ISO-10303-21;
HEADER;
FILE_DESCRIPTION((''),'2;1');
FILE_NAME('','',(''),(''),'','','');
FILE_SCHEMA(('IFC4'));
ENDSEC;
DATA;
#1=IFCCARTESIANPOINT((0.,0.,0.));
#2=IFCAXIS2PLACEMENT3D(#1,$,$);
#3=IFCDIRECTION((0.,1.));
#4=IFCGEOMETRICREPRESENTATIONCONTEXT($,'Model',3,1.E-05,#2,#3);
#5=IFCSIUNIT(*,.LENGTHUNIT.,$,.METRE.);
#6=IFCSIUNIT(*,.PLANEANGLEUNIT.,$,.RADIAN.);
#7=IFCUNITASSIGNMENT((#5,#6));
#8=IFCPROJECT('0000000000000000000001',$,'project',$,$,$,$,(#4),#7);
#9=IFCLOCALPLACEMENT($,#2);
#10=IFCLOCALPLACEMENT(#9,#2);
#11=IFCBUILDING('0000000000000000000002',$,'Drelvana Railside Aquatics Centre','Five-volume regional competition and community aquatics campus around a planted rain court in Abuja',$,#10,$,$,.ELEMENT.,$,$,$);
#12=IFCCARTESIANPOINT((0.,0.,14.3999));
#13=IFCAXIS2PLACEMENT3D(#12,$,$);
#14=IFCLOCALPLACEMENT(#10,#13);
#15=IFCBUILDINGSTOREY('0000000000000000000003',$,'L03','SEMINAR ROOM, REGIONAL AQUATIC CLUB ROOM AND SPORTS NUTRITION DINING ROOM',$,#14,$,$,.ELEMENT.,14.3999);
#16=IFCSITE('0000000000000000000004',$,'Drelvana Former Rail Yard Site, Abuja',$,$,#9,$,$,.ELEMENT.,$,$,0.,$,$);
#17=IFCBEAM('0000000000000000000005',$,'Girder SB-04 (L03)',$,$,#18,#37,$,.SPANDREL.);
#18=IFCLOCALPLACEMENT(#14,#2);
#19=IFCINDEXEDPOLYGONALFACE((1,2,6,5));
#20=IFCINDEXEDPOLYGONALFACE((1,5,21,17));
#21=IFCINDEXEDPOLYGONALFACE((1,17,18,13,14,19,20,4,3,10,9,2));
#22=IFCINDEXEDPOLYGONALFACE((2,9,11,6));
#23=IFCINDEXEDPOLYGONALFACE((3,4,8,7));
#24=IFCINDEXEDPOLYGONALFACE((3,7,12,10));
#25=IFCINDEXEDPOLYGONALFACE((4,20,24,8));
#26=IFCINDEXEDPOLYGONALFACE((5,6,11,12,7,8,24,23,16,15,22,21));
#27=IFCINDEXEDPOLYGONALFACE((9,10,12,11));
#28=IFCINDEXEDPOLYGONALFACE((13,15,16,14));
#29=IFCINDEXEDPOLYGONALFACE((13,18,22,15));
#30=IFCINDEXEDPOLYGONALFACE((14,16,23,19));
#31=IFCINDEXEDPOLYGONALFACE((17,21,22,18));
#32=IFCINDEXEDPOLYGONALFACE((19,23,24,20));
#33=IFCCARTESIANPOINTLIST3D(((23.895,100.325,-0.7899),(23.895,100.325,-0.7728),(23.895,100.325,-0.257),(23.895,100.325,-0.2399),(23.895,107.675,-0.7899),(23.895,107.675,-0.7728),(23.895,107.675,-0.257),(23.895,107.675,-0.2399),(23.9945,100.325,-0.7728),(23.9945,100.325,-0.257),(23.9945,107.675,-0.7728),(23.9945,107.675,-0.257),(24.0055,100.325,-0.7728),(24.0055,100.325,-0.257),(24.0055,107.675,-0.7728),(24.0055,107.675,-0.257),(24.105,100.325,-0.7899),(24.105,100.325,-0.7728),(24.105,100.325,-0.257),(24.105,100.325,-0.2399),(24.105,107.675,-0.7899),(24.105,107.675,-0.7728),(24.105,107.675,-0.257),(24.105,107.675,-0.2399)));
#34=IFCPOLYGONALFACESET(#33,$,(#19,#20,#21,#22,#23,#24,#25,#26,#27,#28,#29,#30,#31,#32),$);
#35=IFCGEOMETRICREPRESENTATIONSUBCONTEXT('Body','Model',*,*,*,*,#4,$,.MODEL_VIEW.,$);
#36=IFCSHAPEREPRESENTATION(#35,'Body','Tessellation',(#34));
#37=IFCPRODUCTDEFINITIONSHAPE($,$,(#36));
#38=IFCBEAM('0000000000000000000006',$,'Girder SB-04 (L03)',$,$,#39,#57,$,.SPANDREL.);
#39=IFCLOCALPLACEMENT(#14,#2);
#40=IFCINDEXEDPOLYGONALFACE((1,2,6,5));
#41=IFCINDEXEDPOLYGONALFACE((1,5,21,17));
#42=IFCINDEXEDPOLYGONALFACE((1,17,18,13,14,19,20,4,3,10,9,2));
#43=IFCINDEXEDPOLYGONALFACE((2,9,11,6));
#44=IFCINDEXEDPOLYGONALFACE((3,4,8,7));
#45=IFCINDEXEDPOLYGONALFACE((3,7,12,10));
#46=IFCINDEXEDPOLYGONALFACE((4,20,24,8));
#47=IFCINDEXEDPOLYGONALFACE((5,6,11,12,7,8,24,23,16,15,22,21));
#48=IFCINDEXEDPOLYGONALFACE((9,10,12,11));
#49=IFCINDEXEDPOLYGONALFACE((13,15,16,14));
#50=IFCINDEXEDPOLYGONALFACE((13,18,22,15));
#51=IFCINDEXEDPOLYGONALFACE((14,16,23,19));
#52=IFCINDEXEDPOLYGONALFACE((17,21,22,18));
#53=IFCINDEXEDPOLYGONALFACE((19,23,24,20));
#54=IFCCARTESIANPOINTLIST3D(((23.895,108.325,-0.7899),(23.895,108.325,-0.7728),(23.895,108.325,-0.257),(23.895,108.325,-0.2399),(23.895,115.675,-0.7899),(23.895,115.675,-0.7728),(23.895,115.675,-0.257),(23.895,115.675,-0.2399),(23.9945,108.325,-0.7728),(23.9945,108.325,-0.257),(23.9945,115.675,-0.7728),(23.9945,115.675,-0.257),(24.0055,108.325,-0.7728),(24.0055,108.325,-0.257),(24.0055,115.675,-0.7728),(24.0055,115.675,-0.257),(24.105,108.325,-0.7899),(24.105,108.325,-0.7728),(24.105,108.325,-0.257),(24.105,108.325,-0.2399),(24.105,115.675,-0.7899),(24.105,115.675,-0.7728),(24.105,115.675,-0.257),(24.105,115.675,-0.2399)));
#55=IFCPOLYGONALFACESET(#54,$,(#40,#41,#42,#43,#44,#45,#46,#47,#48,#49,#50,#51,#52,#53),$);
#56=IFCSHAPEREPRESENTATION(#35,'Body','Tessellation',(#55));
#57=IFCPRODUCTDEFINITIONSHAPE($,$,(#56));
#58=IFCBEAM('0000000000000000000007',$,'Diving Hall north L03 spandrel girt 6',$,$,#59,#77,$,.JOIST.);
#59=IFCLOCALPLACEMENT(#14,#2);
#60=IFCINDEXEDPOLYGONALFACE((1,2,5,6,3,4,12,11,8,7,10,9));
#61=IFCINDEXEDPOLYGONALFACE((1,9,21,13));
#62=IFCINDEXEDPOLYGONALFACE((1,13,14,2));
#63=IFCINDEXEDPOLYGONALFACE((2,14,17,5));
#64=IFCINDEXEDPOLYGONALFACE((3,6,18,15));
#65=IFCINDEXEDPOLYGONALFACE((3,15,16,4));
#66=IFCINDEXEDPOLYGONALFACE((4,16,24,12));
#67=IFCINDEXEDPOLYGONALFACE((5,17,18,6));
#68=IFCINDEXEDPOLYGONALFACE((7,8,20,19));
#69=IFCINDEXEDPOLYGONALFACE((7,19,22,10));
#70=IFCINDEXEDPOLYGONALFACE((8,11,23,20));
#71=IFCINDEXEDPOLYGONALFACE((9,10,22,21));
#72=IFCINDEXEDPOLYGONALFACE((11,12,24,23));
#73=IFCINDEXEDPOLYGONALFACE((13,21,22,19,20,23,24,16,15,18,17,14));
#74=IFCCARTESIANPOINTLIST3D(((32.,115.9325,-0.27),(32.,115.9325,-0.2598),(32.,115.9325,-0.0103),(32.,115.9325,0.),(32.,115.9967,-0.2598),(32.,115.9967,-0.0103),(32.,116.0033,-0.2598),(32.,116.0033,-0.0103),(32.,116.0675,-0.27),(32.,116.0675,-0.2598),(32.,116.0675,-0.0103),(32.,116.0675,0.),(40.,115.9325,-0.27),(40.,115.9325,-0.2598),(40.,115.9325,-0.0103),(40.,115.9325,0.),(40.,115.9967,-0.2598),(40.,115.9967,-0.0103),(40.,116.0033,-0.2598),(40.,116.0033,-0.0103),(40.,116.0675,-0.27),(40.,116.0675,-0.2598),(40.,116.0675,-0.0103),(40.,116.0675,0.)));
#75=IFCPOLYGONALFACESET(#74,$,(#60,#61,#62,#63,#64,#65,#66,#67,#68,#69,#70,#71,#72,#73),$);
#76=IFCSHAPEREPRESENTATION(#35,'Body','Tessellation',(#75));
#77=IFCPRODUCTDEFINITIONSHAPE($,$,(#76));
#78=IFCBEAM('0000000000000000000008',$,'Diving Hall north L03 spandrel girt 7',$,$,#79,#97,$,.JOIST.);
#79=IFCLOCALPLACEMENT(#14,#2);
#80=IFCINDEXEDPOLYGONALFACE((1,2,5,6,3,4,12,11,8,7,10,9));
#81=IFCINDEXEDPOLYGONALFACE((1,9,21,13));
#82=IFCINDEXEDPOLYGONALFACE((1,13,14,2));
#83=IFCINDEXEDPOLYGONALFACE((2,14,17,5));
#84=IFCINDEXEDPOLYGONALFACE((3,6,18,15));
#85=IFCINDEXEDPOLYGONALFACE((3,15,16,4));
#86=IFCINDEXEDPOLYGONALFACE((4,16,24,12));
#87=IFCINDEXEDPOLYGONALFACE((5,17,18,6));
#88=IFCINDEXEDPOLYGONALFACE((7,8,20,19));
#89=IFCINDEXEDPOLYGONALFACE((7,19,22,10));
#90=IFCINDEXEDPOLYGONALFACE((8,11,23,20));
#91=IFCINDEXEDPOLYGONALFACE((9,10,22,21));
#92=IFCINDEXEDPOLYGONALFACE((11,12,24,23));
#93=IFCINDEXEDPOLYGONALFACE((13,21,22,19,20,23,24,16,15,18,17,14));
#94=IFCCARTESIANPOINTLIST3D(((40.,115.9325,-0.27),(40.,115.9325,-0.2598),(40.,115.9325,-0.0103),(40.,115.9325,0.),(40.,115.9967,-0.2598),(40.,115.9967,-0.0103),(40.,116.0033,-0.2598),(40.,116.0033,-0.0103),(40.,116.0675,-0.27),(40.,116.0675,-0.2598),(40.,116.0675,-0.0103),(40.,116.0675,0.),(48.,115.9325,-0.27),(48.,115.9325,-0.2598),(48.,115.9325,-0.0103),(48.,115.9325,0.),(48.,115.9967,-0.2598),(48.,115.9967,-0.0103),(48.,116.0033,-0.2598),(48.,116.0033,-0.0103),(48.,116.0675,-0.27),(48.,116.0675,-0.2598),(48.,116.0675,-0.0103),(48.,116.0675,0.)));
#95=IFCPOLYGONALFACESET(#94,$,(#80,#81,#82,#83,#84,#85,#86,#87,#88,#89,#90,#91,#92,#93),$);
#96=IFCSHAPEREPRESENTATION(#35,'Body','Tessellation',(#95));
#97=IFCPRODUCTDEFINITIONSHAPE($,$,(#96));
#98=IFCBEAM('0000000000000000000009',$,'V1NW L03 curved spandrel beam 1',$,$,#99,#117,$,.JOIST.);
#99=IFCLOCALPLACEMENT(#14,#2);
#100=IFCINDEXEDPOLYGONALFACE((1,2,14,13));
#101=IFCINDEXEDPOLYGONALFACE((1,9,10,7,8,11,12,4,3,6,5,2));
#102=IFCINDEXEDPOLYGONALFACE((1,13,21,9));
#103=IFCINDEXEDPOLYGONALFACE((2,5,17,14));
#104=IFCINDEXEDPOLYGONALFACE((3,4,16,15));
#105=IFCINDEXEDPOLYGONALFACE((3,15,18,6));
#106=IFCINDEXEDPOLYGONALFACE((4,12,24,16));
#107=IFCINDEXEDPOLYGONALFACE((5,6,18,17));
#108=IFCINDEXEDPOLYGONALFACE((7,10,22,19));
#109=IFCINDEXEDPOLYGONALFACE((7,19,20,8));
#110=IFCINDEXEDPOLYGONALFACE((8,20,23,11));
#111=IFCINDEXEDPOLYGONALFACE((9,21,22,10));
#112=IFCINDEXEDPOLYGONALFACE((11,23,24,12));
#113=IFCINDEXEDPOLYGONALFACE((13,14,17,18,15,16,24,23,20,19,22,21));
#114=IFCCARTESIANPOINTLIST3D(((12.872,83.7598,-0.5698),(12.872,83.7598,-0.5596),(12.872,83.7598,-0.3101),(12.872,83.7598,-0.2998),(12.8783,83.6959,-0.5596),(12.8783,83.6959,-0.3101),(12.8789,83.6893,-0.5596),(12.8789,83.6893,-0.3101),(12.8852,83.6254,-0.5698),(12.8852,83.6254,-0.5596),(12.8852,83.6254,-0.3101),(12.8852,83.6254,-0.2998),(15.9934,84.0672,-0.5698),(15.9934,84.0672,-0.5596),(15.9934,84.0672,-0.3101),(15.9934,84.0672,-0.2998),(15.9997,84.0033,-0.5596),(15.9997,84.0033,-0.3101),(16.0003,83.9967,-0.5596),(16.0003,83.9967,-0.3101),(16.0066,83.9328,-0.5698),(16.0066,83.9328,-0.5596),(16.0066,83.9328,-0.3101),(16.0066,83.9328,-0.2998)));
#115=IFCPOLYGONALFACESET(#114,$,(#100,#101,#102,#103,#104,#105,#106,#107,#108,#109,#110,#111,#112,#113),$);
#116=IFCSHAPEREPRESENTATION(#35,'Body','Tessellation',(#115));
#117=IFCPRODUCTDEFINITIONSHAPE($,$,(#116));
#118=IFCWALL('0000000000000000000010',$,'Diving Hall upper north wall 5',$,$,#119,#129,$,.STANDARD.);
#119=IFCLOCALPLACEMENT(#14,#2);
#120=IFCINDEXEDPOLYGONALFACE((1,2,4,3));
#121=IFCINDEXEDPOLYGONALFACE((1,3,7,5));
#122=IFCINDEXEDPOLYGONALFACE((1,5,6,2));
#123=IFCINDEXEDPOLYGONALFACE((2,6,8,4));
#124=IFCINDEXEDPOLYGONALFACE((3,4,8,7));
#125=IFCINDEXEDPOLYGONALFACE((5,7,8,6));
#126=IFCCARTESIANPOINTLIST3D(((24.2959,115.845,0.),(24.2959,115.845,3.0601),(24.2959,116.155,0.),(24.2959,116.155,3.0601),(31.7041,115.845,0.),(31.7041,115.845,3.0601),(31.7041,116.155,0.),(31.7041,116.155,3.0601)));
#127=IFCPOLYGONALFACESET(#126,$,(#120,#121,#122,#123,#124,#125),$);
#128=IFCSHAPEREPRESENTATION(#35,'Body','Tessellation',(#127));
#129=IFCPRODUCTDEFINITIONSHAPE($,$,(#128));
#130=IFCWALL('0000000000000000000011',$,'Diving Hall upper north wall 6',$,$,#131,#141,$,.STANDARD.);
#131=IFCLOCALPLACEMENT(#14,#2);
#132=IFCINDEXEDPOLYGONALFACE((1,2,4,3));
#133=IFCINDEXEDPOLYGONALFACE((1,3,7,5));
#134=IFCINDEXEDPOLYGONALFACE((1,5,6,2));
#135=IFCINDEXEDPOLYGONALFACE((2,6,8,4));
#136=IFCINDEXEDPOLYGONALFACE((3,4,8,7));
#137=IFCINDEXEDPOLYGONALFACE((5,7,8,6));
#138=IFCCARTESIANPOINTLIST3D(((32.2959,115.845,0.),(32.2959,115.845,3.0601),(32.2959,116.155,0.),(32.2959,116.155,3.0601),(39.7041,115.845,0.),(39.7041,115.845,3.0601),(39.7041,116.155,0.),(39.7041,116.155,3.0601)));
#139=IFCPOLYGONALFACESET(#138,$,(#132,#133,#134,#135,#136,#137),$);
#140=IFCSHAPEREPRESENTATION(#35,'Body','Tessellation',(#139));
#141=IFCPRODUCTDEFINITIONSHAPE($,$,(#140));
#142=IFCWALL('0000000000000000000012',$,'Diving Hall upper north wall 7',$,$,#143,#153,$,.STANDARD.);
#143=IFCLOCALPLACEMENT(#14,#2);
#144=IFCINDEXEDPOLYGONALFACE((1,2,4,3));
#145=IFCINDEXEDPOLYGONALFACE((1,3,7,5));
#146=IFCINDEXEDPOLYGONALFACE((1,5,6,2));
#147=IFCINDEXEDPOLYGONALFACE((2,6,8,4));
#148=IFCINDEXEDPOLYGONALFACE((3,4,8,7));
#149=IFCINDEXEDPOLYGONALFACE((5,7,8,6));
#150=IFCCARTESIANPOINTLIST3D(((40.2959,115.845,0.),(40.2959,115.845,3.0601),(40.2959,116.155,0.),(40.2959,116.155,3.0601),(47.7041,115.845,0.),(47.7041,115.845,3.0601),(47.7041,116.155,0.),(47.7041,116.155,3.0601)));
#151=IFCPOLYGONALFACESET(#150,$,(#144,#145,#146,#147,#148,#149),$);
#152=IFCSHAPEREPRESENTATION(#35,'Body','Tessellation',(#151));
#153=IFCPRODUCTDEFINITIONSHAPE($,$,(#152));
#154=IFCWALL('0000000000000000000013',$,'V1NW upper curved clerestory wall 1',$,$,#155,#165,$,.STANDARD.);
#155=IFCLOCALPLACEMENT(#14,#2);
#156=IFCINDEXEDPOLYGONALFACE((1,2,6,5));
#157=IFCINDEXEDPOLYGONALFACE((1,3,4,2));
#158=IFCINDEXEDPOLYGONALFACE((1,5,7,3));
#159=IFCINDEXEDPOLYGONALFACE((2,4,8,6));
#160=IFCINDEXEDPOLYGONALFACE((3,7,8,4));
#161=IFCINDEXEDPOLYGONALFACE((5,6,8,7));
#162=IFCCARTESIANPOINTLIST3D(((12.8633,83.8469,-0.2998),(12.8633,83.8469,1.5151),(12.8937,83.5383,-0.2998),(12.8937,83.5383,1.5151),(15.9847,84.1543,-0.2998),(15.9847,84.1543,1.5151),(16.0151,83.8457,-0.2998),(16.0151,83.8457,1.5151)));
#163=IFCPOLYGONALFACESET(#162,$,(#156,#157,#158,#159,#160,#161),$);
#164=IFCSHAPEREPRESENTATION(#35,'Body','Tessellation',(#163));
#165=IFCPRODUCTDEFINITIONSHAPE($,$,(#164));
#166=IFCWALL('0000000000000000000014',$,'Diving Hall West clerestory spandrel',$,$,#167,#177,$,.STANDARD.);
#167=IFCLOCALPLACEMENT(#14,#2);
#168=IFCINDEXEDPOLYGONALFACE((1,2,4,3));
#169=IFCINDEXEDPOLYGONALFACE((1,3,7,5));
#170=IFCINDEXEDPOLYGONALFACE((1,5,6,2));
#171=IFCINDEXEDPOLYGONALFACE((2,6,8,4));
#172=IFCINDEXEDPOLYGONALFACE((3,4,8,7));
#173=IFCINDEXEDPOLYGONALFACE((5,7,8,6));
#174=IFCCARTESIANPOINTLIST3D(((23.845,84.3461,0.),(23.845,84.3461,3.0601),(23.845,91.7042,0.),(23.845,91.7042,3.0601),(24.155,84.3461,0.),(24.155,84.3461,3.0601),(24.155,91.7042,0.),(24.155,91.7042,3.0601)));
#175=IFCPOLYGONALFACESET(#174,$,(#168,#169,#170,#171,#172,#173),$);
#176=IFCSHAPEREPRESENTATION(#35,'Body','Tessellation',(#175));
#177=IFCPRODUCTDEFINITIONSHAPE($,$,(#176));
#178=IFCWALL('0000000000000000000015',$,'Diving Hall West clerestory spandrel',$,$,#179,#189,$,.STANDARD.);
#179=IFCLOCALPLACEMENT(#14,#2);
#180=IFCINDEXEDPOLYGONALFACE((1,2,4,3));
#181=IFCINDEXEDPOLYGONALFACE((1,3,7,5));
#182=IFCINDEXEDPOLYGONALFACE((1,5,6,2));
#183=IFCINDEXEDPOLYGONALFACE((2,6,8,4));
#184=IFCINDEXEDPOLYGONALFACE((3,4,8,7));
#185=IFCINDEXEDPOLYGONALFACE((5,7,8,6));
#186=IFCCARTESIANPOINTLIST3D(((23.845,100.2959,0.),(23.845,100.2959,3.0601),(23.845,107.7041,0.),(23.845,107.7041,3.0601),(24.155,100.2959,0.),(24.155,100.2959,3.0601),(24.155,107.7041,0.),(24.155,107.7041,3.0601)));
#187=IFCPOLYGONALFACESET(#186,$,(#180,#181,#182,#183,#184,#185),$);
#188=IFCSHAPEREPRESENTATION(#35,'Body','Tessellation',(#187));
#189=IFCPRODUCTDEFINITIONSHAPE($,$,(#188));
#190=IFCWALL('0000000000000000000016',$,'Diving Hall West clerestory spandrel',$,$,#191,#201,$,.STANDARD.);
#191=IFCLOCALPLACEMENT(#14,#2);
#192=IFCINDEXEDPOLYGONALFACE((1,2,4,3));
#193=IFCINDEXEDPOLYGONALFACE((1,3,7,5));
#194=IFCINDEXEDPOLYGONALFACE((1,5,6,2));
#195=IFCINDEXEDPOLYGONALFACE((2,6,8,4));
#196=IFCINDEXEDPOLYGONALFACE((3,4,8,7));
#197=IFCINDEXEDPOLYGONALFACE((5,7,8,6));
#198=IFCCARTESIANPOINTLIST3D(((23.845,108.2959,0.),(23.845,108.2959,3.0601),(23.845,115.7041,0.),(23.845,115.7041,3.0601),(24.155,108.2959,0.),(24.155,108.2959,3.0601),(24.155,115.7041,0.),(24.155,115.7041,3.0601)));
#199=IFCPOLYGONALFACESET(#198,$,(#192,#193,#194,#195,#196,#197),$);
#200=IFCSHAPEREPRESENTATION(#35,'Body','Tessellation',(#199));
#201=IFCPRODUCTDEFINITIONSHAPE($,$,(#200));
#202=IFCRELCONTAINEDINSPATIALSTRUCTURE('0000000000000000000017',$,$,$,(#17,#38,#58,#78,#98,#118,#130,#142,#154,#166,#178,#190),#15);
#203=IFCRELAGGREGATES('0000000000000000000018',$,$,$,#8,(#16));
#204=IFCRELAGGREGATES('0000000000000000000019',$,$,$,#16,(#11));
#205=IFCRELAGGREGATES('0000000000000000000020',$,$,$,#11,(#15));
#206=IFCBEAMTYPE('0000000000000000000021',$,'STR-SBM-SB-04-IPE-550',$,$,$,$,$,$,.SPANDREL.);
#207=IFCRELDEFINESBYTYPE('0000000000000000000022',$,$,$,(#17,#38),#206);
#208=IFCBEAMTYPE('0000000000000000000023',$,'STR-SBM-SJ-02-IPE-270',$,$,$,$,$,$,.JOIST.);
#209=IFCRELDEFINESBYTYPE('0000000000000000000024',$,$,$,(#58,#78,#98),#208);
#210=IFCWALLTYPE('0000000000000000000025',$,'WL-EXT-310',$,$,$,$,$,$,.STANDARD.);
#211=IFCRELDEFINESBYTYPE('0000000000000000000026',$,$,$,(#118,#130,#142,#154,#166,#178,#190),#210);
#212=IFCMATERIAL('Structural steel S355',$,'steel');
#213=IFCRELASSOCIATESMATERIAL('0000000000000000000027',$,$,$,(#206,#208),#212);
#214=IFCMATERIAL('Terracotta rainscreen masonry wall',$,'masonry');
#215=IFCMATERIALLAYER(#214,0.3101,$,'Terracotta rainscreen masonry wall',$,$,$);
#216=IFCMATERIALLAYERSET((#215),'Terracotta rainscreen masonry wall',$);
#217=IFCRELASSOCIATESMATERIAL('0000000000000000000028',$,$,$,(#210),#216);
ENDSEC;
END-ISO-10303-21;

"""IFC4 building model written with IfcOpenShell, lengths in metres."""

from ifc_helpers import new_model, si_unit, direction, frame, frame_2d, origin, origin_2d, place, context, subcontext, project, spatial, rectangle, i_section, extrude, material, layer, layer_set, material_profile, profile_set, type_object, element, save


model = new_model("IFC4")

# Units and contexts
model_context = context("Model", 3, precision=1e-05, world=origin(), true_north=direction((0.0, 1.0)))
body_context = subcontext(model_context, "Body", "Model", "MODEL_VIEW")
ifc_project = project(units=[si_unit("LENGTHUNIT", "METRE"), si_unit("PLANEANGLEUNIT", "RADIAN")], contexts=[model_context])

# Site, building, storey
site_placement = place(None, origin())
site = spatial("IfcSite", under=ifc_project, at=site_placement, Name="Drelvana Former Rail Yard Site, Abuja", CompositionType="ELEMENT", RefElevation=0.0)
building_placement = place(site_placement, origin())
building = spatial("IfcBuilding", under=site, at=building_placement, Name="Drelvana Railside Aquatics Centre", Description="Five-volume regional competition and community aquatics campus around a planted rain court in Abuja", CompositionType="ELEMENT")
storey_placement = place(building_placement, frame((0.0, 0.0, 14.3999)))
storey = spatial("IfcBuildingStorey", under=building, at=storey_placement, Name="L03", Description="SEMINAR ROOM, REGIONAL AQUATIC CLUB ROOM AND SPORTS NUTRITION DINING ROOM", CompositionType="ELEMENT", Elevation=14.3999)

# Beams
ifc_material_1 = material(Name="Structural steel S355", Category="steel")
ifc_material_profile_1 = material_profile(ifc_material_1, i_section(OverallWidth=0.21, OverallDepth=0.55, WebThickness=0.011, FlangeThickness=0.0171, at=origin_2d()), Name="IPE 550")
ifc_profile_set_1 = profile_set([ifc_material_profile_1], Name="Structural steel S355")
beam_type_1 = type_object("IfcBeamType", Name="STR-SBM-SB-04-IPE-550", PredefinedType="SPANDREL", material=ifc_profile_set_1)
for number, where, z_axis, x_axis, name in (
    (1, (24.0, 100.325, -0.5149), (0.0, 1.0, 0.0), (-1.0, 0.0, 0.0), "Girder SB-04 (L03)"),
    (2, (24.0, 108.325, -0.5149), (0.0, 1.0, 0.0), (-1.0, 0.0, 0.0), "Girder SB-04 (L03)"),
):
    element("IfcBeam", number, at=place(storey_placement, frame(where, z_axis=z_axis, x_axis=x_axis)), inside=storey, type_object=beam_type_1, Name=name, PredefinedType="SPANDREL", context=body_context, shape_type="SweptSolid", body=[
        extrude(i_section(OverallWidth=0.21, OverallDepth=0.55, WebThickness=0.011, FlangeThickness=0.0171, at=origin_2d()), origin(), (0.0, 0.0, 1.0), 7.3501),
    ])
ifc_material_profile_2 = material_profile(ifc_material_1, i_section(OverallWidth=0.135, OverallDepth=0.27, WebThickness=0.0066, FlangeThickness=0.0103, at=origin_2d()), Name="IPE 270")
ifc_profile_set_2 = profile_set([ifc_material_profile_2], Name="Structural steel S355")
beam_type_2 = type_object("IfcBeamType", Name="STR-SBM-SJ-02-IPE-270", PredefinedType="JOIST", material=ifc_profile_set_2)
for number, where, z_axis, x_axis, name in (
    (3, (32.0, 116.0, -0.135), (1.0, 0.0, 0.0), (0.0, 1.0, 0.0), "Diving Hall north L03 spandrel girt 6"),
    (4, (40.0, 116.0, -0.135), (1.0, 0.0, 0.0), (0.0, 1.0, 0.0), "Diving Hall north L03 spandrel girt 7"),
):
    element("IfcBeam", number, at=place(storey_placement, frame(where, z_axis=z_axis, x_axis=x_axis)), inside=storey, type_object=beam_type_2, Name=name, PredefinedType="JOIST", context=body_context, shape_type="SweptSolid", body=[
        extrude(i_section(OverallWidth=0.135, OverallDepth=0.27, WebThickness=0.0066, FlangeThickness=0.0103, at=origin_2d()), origin(), (0.0, 0.0, 1.0), 8.0),
    ])
beam_1_placement = place(storey_placement, frame((16.0, 84.0, -0.4348), z_axis=(-0.995186, -0.098001, 0.0), x_axis=(0.098001, -0.995186, 0.0)))
element("IfcBeam", 5, at=beam_1_placement, inside=storey, type_object=beam_type_2, Name="V1NW L03 curved spandrel beam 1", PredefinedType="JOIST", context=body_context, shape_type="SweptSolid", body=[
    extrude(i_section(OverallWidth=0.135, OverallDepth=0.27, WebThickness=0.0066, FlangeThickness=0.0103, at=origin_2d()), origin(), (0.0, 0.0, 1.0), 3.1365),
])

# Walls
ifc_material_2 = material(Name="Terracotta rainscreen masonry wall", Category="masonry")
ifc_layer_1 = layer(ifc_material_2, 0.3101, Name="Terracotta rainscreen masonry wall")
ifc_layer_set_1 = layer_set([ifc_layer_1], Name="Terracotta rainscreen masonry wall")
wall_type_1 = type_object("IfcWallType", Name="WL-EXT-310", PredefinedType="STANDARD", material=ifc_layer_set_1)
for number, where, z_axis, x_axis, name in (
    (6, (24.2959, 116.0, 0.0), (0.0, 0.0, 1.0), (1.0, 0.0, 0.0), "Diving Hall upper north wall 5"),
    (7, (32.2959, 116.0, 0.0), (0.0, 0.0, 1.0), (1.0, 0.0, 0.0), "Diving Hall upper north wall 6"),
    (8, (40.2959, 116.0, 0.0), (0.0, 0.0, 1.0), (1.0, 0.0, 0.0), "Diving Hall upper north wall 7"),
):
    element("IfcWall", number, at=place(storey_placement, frame(where, z_axis=z_axis, x_axis=x_axis)), inside=storey, type_object=wall_type_1, Name=name, PredefinedType="STANDARD", context=body_context, shape_type="SweptSolid", body=[
        extrude(rectangle(XDim=7.4082, YDim=0.3101, at=frame_2d((3.7041, 0.0))), origin(), (0.0, 0.0, 1.0), 3.0601),
    ])
wall_1_placement = place(storey_placement, frame((16.0, 84.0, -0.2998), z_axis=(0.0, 0.0, 1.0), x_axis=(-0.995186, -0.098001, 0.0)))
element("IfcWall", 9, at=wall_1_placement, inside=storey, type_object=wall_type_1, Name="V1NW upper curved clerestory wall 1", PredefinedType="STANDARD", context=body_context, shape_type="SweptSolid", body=[
    extrude(rectangle(XDim=3.1365, YDim=0.3101, at=frame_2d((1.5684, 0.0))), origin(), (0.0, 0.0, 1.0), 1.8149),
])
wall_2_placement = place(storey_placement, frame((24.0, 84.3459, 0.0), z_axis=(0.0, 0.0, 1.0), x_axis=(0.0, 1.0, 0.0)))
element("IfcWall", 10, at=wall_2_placement, inside=storey, type_object=wall_type_1, Name="Diving Hall West clerestory spandrel", PredefinedType="STANDARD", context=body_context, shape_type="SweptSolid", body=[
    extrude(rectangle(XDim=7.3582, YDim=0.3101, at=frame_2d((3.6792, 0.0))), origin(), (0.0, 0.0, 1.0), 3.0601),
])
for number, where, z_axis, x_axis, name in (
    (11, (24.0, 100.2959, 0.0), (0.0, 0.0, 1.0), (0.0, 1.0, 0.0), "Diving Hall West clerestory spandrel"),
    (12, (24.0, 108.2959, 0.0), (0.0, 0.0, 1.0), (0.0, 1.0, 0.0), "Diving Hall West clerestory spandrel"),
):
    element("IfcWall", number, at=place(storey_placement, frame(where, z_axis=z_axis, x_axis=x_axis)), inside=storey, type_object=wall_type_1, Name=name, PredefinedType="STANDARD", context=body_context, shape_type="SweptSolid", body=[
        extrude(rectangle(XDim=7.4082, YDim=0.3101, at=frame_2d((3.7041, 0.0))), origin(), (0.0, 0.0, 1.0), 3.0601),
    ])

save(model, "model.ifc")
